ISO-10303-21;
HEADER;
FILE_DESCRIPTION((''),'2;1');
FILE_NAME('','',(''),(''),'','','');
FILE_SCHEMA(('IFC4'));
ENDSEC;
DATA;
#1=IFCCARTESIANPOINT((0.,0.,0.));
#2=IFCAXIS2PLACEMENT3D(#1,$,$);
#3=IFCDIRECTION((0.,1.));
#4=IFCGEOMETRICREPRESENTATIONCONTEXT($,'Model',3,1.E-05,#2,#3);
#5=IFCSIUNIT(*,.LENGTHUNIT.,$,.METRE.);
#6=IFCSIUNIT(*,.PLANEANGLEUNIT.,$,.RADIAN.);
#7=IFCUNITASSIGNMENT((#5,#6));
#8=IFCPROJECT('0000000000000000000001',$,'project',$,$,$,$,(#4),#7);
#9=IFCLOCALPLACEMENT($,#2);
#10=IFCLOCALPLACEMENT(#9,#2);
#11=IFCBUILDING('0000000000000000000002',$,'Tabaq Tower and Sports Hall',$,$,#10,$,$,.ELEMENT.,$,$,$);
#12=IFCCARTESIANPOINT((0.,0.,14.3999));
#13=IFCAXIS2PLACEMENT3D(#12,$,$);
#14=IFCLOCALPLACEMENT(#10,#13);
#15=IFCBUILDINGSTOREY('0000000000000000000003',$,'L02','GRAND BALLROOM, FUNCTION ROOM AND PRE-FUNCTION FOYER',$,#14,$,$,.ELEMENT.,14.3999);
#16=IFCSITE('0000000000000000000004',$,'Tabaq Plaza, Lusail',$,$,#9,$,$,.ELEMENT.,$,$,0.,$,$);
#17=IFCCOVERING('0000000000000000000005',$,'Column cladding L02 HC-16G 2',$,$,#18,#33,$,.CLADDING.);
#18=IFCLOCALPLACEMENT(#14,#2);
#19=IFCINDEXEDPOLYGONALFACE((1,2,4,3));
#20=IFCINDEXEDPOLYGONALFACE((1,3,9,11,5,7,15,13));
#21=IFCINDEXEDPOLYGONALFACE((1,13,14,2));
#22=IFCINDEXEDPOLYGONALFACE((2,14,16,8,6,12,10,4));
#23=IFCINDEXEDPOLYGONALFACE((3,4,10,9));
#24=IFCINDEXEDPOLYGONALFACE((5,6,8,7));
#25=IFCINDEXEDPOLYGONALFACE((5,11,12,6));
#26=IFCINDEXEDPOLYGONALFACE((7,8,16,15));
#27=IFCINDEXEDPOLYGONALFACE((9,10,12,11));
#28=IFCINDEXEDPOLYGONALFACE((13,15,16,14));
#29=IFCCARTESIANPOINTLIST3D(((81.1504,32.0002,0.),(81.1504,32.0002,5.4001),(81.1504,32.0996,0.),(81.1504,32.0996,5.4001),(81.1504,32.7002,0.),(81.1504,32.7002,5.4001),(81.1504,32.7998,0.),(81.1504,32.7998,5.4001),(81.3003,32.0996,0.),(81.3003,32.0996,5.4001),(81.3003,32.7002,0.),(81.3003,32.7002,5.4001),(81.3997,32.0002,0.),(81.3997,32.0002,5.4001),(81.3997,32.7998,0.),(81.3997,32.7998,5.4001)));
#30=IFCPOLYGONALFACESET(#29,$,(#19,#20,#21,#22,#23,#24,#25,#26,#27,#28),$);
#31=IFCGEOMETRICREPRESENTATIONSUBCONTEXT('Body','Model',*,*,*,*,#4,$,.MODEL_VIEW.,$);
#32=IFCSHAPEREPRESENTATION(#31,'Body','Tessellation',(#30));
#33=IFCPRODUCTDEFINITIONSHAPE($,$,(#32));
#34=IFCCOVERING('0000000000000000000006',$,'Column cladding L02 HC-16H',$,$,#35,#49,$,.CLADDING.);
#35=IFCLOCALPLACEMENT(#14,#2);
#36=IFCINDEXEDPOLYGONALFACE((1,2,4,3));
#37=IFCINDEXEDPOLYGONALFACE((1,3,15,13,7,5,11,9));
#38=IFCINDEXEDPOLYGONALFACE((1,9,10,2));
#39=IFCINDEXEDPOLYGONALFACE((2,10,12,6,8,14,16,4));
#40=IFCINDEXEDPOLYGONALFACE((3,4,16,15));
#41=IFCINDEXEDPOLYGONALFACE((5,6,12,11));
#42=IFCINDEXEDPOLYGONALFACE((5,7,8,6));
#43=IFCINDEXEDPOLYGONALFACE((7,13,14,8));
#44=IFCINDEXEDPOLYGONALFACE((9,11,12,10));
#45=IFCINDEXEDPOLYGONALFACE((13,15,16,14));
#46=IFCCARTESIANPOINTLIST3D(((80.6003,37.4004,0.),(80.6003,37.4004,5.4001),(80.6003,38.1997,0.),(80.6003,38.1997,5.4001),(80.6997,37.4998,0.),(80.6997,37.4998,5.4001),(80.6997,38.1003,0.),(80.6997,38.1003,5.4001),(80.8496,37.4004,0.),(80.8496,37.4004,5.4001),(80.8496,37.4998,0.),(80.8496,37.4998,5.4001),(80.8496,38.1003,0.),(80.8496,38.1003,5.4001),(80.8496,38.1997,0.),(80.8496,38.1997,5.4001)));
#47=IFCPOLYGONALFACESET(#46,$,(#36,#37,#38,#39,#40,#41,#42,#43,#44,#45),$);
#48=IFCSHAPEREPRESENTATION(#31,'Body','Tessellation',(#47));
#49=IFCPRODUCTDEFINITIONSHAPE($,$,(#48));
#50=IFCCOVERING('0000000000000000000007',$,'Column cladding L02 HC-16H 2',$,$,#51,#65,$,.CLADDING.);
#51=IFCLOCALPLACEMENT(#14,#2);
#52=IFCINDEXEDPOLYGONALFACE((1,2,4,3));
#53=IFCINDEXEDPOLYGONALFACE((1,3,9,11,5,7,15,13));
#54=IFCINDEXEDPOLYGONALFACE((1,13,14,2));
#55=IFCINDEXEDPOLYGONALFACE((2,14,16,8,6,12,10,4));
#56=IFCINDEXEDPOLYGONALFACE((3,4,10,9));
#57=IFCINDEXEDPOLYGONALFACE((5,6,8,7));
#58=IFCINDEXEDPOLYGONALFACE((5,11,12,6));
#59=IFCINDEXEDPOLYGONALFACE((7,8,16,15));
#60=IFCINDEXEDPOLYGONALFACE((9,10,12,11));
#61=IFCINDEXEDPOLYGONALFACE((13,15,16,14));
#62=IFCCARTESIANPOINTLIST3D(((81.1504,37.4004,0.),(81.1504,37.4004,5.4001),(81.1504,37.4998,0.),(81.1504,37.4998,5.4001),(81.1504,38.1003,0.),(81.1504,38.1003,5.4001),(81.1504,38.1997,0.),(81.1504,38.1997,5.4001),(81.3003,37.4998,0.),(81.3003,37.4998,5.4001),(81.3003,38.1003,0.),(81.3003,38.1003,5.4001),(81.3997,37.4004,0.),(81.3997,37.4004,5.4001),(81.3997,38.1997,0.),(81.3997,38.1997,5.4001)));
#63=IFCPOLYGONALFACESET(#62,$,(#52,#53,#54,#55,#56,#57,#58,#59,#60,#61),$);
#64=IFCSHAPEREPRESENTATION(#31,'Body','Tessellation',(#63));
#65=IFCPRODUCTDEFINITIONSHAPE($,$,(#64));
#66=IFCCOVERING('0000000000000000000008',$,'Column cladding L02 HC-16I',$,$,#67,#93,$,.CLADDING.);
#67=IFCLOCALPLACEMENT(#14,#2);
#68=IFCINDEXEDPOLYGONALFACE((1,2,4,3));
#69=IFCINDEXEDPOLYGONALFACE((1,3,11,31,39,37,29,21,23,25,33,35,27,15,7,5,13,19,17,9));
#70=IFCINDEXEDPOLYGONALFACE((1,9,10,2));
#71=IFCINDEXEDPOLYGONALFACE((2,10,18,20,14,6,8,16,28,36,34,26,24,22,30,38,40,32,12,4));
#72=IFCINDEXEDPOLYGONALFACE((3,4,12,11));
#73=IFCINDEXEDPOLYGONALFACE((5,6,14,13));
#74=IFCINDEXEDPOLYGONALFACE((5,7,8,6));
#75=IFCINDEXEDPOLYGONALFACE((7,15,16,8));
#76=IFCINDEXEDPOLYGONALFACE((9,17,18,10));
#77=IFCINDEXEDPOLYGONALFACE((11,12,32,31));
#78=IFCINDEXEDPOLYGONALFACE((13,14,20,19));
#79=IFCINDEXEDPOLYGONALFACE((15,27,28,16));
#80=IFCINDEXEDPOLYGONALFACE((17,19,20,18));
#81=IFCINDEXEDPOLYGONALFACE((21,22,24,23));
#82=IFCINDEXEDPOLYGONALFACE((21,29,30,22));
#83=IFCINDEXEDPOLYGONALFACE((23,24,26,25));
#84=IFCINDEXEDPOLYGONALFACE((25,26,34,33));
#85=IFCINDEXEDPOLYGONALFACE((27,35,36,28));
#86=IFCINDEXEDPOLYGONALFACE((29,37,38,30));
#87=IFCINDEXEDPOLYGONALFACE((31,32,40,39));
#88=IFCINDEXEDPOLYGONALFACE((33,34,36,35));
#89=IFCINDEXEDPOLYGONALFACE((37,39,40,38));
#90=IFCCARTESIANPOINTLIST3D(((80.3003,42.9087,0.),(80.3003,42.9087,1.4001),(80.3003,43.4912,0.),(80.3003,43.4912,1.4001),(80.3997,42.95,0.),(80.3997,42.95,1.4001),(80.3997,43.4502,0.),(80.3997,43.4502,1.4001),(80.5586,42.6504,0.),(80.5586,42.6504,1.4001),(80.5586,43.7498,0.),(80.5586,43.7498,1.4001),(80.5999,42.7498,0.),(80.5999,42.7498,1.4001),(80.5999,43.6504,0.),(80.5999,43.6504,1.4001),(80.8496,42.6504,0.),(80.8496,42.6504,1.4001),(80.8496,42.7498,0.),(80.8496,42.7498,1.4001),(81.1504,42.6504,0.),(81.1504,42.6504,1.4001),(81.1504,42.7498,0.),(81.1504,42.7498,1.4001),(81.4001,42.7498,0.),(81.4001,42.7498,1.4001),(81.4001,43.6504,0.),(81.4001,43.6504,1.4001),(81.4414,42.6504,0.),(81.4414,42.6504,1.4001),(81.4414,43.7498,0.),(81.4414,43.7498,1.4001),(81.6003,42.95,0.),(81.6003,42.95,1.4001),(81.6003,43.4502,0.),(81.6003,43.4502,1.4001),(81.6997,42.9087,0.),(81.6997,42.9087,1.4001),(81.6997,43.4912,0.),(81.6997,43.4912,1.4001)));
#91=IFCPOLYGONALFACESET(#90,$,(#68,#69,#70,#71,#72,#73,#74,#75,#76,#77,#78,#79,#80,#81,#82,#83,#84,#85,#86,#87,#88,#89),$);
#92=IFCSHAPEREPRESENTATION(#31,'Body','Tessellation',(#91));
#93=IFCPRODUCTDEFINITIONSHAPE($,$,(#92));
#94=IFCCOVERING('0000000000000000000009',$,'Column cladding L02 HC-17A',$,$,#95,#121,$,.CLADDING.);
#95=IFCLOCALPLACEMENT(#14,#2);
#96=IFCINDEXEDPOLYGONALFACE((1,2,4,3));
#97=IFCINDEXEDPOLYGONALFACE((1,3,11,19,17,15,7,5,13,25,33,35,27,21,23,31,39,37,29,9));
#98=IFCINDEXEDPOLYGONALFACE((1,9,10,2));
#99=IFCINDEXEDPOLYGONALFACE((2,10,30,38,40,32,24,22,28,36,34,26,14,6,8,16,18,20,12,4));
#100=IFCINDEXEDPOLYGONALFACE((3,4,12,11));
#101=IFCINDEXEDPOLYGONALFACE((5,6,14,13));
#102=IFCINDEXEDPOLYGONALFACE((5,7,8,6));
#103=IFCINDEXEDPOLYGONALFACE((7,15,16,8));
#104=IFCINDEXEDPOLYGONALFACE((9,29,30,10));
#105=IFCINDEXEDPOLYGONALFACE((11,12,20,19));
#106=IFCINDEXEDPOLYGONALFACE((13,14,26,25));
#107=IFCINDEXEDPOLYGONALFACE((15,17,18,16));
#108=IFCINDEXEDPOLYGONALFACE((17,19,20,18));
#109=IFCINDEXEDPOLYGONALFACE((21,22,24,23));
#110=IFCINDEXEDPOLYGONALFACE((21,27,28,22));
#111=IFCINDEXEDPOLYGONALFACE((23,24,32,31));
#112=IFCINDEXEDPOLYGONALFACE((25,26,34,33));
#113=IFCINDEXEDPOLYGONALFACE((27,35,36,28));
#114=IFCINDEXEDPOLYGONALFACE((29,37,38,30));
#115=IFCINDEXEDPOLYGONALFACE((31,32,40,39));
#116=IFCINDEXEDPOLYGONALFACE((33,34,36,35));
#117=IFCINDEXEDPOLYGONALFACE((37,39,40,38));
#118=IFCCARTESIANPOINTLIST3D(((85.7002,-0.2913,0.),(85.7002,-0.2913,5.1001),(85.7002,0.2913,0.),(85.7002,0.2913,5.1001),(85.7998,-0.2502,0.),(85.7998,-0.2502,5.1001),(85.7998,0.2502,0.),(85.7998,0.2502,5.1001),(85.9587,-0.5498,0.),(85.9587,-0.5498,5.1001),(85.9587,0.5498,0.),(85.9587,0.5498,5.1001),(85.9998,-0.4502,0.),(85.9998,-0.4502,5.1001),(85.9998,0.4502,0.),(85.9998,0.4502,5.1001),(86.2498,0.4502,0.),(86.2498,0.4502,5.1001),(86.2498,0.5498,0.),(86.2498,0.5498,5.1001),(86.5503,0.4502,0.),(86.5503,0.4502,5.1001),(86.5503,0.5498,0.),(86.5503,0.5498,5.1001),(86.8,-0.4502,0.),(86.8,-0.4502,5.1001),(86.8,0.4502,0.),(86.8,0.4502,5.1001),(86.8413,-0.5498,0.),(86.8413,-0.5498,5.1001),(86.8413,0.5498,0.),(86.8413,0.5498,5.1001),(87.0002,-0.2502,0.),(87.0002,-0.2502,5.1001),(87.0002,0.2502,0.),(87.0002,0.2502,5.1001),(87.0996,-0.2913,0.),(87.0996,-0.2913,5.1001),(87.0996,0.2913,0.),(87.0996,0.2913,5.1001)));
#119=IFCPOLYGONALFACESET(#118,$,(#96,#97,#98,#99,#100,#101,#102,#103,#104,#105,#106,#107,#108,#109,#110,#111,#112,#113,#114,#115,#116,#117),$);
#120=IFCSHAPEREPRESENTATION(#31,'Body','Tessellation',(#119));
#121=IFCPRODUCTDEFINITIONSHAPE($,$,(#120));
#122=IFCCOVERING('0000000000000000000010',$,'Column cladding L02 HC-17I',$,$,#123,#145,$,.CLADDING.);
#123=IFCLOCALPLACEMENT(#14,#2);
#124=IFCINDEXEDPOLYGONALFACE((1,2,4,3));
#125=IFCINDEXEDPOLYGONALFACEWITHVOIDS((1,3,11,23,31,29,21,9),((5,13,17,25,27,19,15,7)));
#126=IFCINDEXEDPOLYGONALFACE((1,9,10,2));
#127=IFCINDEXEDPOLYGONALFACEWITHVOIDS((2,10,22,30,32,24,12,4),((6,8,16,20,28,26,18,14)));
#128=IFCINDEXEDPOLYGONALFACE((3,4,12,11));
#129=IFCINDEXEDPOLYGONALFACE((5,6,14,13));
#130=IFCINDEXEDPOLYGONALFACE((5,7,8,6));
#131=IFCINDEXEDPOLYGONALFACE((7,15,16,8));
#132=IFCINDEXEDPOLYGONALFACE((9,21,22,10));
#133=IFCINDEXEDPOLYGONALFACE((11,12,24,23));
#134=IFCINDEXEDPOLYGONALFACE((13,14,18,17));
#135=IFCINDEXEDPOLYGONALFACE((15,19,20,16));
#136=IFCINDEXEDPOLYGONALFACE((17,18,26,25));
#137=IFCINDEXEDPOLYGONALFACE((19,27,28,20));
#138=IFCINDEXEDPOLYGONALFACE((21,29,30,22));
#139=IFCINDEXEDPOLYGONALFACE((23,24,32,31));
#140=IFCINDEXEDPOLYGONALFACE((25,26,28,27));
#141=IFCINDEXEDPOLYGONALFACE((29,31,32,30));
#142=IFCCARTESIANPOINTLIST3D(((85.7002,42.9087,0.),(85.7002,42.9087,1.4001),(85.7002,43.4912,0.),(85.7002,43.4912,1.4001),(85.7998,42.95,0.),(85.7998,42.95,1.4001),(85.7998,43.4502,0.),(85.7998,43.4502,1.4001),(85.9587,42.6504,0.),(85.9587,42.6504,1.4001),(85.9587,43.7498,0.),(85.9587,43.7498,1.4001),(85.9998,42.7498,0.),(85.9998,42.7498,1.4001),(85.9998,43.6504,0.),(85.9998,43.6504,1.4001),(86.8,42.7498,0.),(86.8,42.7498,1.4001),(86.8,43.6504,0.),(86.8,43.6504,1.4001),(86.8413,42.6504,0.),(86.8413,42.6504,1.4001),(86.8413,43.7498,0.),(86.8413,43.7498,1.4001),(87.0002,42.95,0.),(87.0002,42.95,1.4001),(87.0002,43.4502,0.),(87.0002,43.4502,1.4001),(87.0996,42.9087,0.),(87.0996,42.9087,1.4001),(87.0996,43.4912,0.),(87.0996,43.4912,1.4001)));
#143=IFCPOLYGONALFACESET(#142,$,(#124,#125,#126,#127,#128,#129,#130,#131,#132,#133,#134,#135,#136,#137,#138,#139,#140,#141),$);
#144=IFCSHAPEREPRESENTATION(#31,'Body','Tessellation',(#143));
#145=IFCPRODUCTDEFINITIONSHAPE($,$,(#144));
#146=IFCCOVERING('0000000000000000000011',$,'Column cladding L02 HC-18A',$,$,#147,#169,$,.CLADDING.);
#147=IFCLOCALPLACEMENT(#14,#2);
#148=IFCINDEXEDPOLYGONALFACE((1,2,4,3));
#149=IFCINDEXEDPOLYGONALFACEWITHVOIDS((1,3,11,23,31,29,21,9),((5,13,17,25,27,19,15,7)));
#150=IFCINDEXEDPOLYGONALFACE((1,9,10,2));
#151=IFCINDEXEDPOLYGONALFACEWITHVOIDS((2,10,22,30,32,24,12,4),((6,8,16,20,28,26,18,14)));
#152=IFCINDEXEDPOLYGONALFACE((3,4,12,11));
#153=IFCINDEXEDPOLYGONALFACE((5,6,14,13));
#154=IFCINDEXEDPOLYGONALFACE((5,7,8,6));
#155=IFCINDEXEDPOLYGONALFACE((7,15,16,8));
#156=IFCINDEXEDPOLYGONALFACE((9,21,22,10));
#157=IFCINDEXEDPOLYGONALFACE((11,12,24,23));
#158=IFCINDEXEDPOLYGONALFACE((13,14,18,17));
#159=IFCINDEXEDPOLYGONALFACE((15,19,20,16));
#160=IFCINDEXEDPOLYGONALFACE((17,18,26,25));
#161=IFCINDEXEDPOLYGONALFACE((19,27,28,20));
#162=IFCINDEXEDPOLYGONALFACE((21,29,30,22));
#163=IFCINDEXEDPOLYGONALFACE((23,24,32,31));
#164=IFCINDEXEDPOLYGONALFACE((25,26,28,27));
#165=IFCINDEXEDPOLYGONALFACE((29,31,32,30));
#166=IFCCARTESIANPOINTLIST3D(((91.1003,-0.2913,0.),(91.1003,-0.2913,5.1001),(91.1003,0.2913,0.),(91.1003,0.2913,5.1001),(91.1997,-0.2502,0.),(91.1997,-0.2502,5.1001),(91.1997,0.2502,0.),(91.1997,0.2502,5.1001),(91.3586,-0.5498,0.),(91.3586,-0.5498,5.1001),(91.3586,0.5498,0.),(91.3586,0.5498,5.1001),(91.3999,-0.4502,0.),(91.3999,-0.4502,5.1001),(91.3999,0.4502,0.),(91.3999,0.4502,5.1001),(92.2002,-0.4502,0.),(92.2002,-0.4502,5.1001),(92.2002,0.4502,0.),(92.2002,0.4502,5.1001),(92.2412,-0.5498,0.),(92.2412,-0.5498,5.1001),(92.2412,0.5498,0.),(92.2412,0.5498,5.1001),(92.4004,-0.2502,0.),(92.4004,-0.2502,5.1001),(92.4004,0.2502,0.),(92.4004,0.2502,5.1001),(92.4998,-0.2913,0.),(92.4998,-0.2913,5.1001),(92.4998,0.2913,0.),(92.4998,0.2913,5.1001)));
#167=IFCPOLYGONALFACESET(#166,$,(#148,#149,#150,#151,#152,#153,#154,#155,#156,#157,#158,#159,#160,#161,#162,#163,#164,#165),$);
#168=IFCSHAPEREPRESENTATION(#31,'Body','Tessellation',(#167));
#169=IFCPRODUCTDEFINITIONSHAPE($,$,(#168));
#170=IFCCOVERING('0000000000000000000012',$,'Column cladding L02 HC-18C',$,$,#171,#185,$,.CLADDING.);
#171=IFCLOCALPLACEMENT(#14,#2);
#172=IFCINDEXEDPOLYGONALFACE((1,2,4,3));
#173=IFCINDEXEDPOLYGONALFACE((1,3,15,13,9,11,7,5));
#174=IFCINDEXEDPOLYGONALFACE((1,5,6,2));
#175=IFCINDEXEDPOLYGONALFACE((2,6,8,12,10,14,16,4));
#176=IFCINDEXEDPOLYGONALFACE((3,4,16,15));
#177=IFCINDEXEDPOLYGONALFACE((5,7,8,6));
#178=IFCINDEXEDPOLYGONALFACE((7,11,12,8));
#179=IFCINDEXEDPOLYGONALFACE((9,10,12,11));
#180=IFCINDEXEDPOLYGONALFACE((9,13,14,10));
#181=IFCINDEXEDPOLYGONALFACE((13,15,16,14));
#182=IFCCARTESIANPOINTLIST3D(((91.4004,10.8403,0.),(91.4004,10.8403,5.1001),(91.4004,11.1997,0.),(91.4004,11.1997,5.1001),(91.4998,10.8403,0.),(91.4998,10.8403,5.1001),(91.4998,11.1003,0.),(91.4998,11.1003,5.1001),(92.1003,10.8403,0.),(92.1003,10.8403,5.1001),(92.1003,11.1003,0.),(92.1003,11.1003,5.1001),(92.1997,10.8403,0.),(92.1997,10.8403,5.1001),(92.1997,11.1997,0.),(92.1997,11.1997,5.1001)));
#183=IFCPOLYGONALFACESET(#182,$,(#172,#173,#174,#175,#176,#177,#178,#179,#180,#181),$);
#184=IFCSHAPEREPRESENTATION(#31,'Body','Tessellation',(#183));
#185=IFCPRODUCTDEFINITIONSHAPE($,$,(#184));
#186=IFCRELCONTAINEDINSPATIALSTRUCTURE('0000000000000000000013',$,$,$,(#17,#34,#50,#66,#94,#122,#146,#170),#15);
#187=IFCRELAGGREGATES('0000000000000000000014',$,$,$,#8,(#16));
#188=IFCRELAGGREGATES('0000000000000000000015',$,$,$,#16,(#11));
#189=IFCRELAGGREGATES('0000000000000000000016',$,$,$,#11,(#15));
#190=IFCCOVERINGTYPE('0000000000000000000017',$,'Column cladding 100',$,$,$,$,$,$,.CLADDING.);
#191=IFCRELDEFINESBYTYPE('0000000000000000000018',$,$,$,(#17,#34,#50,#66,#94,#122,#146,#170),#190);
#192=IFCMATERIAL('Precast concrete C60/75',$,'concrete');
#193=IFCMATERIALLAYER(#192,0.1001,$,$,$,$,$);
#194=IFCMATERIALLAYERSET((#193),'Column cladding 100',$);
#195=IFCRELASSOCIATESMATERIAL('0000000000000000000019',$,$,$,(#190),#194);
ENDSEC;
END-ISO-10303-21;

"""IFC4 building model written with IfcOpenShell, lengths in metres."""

from ifc_helpers import new_model, si_unit, direction, frame, origin, place, context, subcontext, project, spatial, polyline, outline, extrude, material, layer, layer_set, type_object, element, save


model = new_model("IFC4")

# Units and contexts
model_context = context("Model", 3, precision=1e-05, world=origin(), true_north=direction((0.0, 1.0)))
body_context = subcontext(model_context, "Body", "Model", "MODEL_VIEW")
ifc_project = project(units=[si_unit("LENGTHUNIT", "METRE"), si_unit("PLANEANGLEUNIT", "RADIAN")], contexts=[model_context])

# Site, building, storey
site_placement = place(None, origin())
site = spatial("IfcSite", under=ifc_project, at=site_placement, Name="Tabaq Plaza, Lusail", CompositionType="ELEMENT", RefElevation=0.0)
building_placement = place(site_placement, origin())
building = spatial("IfcBuilding", under=site, at=building_placement, Name="Tabaq Tower and Sports Hall", CompositionType="ELEMENT")
storey_placement = place(building_placement, frame((0.0, 0.0, 14.3999)))
storey = spatial("IfcBuildingStorey", under=building, at=storey_placement, Name="L02", Description="GRAND BALLROOM, FUNCTION ROOM AND PRE-FUNCTION FOYER", CompositionType="ELEMENT", Elevation=14.3999)

# Coverings
ifc_material = material(Name="Precast concrete C60/75", Category="concrete")
ifc_layer = layer(ifc_material, 0.1001)
ifc_layer_set = layer_set([ifc_layer], Name="Column cladding 100")
covering_type = type_object("IfcCoveringType", Name="Column cladding 100", PredefinedType="CLADDING", material=ifc_layer_set)
covering_1_placement = place(storey_placement, origin())
element("IfcCovering", 1, at=covering_1_placement, inside=storey, type_object=covering_type, Name="Column cladding L02 HC-16G 2", PredefinedType="CLADDING", context=body_context, shape_type="SweptSolid", body=[
    extrude(outline(polyline([(81.3997, 32.7998), (81.3997, 32.0002), (81.1504, 32.0002), (81.1504, 32.0996), (81.3003, 32.0996), (81.3003, 32.7002), (81.1504, 32.7002), (81.1504, 32.7998), (81.3997, 32.7998)])), origin(), (0.0, 0.0, 1.0), 5.4001),
])
covering_2_placement = place(storey_placement, origin())
element("IfcCovering", 2, at=covering_2_placement, inside=storey, type_object=covering_type, Name="Column cladding L02 HC-16H", PredefinedType="CLADDING", context=body_context, shape_type="SweptSolid", body=[
    extrude(outline(polyline([(80.8496, 38.1997), (80.8496, 38.1003), (80.6997, 38.1003), (80.6997, 37.4998), (80.8496, 37.4998), (80.8496, 37.4004), (80.6003, 37.4004), (80.6003, 38.1997), (80.8496, 38.1997)])), origin(), (0.0, 0.0, 1.0), 5.4001),
])
covering_3_placement = place(storey_placement, origin())
element("IfcCovering", 3, at=covering_3_placement, inside=storey, type_object=covering_type, Name="Column cladding L02 HC-16H 2", PredefinedType="CLADDING", context=body_context, shape_type="SweptSolid", body=[
    extrude(outline(polyline([(81.3997, 38.1997), (81.3997, 37.4004), (81.1504, 37.4004), (81.1504, 37.4998), (81.3003, 37.4998), (81.3003, 38.1003), (81.1504, 38.1003), (81.1504, 38.1997), (81.3997, 38.1997)])), origin(), (0.0, 0.0, 1.0), 5.4001),
])
covering_4_placement = place(storey_placement, origin())
element("IfcCovering", 4, at=covering_4_placement, inside=storey, type_object=covering_type, Name="Column cladding L02 HC-16I", PredefinedType="CLADDING", context=body_context, shape_type="SweptSolid", body=[
    extrude(outline(polyline([(80.3003, 43.4912), (80.5586, 43.7498), (81.4414, 43.7498), (81.6997, 43.4912), (81.6997, 42.9087), (81.4414, 42.6504), (81.1504, 42.6504), (81.1504, 42.7498), (81.4001, 42.7498), (81.6003, 42.95), (81.6003, 43.4502), (81.4001, 43.6504), (80.5999, 43.6504), (80.3997, 43.4502), (80.3997, 42.95), (80.5999, 42.7498), (80.8496, 42.7498), (80.8496, 42.6504), (80.5586, 42.6504), (80.3003, 42.9087), (80.3003, 43.4912)])), origin(), (0.0, 0.0, 1.0), 1.4001),
])
covering_5_placement = place(storey_placement, origin())
element("IfcCovering", 5, at=covering_5_placement, inside=storey, type_object=covering_type, Name="Column cladding L02 HC-17A", PredefinedType="CLADDING", context=body_context, shape_type="SweptSolid", body=[
    extrude(outline(polyline([(85.7002, 0.2913), (85.9587, 0.5498), (86.2498, 0.5498), (86.2498, 0.4502), (85.9998, 0.4502), (85.7998, 0.2502), (85.7998, -0.2502), (85.9998, -0.4502), (86.8, -0.4502), (87.0002, -0.2502), (87.0002, 0.2502), (86.8, 0.4502), (86.5503, 0.4502), (86.5503, 0.5498), (86.8413, 0.5498), (87.0996, 0.2913), (87.0996, -0.2913), (86.8413, -0.5498), (85.9587, -0.5498), (85.7002, -0.2913), (85.7002, 0.2913)])), origin(), (0.0, 0.0, 1.0), 5.1001),
])
covering_6_placement = place(storey_placement, origin())
element("IfcCovering", 6, at=covering_6_placement, inside=storey, type_object=covering_type, Name="Column cladding L02 HC-17I", PredefinedType="CLADDING", context=body_context, shape_type="SweptSolid", body=[
    extrude(outline(polyline([(85.7002, 42.9087), (85.7002, 43.4912), (85.9587, 43.7498), (86.8413, 43.7498), (87.0996, 43.4912), (87.0996, 42.9087), (86.8413, 42.6504), (85.9587, 42.6504), (85.7002, 42.9087)]), holes=[polyline([(86.8, 42.7498), (87.0002, 42.95), (87.0002, 43.4502), (86.8, 43.6504), (85.9998, 43.6504), (85.7998, 43.4502), (85.7998, 42.95), (85.9998, 42.7498), (86.8, 42.7498)])]), origin(), (0.0, 0.0, 1.0), 1.4001),
])
covering_7_placement = place(storey_placement, origin())
element("IfcCovering", 7, at=covering_7_placement, inside=storey, type_object=covering_type, Name="Column cladding L02 HC-18A", PredefinedType="CLADDING", context=body_context, shape_type="SweptSolid", body=[
    extrude(outline(polyline([(91.1003, -0.2913), (91.1003, 0.2913), (91.3586, 0.5498), (92.2412, 0.5498), (92.4998, 0.2913), (92.4998, -0.2913), (92.2412, -0.5498), (91.3586, -0.5498), (91.1003, -0.2913)]), holes=[polyline([(92.2002, -0.4502), (92.4004, -0.2502), (92.4004, 0.2502), (92.2002, 0.4502), (91.3999, 0.4502), (91.1997, 0.2502), (91.1997, -0.2502), (91.3999, -0.4502), (92.2002, -0.4502)])]), origin(), (0.0, 0.0, 1.0), 5.1001),
])
covering_8_placement = place(storey_placement, origin())
element("IfcCovering", 8, at=covering_8_placement, inside=storey, type_object=covering_type, Name="Column cladding L02 HC-18C", PredefinedType="CLADDING", context=body_context, shape_type="SweptSolid", body=[
    extrude(outline(polyline([(92.1997, 11.1997), (92.1997, 10.8403), (92.1003, 10.8403), (92.1003, 11.1003), (91.4998, 11.1003), (91.4998, 10.8403), (91.4004, 10.8403), (91.4004, 11.1997), (92.1997, 11.1997)])), origin(), (0.0, 0.0, 1.0), 5.1001),
])

save(model, "model.ifc")
